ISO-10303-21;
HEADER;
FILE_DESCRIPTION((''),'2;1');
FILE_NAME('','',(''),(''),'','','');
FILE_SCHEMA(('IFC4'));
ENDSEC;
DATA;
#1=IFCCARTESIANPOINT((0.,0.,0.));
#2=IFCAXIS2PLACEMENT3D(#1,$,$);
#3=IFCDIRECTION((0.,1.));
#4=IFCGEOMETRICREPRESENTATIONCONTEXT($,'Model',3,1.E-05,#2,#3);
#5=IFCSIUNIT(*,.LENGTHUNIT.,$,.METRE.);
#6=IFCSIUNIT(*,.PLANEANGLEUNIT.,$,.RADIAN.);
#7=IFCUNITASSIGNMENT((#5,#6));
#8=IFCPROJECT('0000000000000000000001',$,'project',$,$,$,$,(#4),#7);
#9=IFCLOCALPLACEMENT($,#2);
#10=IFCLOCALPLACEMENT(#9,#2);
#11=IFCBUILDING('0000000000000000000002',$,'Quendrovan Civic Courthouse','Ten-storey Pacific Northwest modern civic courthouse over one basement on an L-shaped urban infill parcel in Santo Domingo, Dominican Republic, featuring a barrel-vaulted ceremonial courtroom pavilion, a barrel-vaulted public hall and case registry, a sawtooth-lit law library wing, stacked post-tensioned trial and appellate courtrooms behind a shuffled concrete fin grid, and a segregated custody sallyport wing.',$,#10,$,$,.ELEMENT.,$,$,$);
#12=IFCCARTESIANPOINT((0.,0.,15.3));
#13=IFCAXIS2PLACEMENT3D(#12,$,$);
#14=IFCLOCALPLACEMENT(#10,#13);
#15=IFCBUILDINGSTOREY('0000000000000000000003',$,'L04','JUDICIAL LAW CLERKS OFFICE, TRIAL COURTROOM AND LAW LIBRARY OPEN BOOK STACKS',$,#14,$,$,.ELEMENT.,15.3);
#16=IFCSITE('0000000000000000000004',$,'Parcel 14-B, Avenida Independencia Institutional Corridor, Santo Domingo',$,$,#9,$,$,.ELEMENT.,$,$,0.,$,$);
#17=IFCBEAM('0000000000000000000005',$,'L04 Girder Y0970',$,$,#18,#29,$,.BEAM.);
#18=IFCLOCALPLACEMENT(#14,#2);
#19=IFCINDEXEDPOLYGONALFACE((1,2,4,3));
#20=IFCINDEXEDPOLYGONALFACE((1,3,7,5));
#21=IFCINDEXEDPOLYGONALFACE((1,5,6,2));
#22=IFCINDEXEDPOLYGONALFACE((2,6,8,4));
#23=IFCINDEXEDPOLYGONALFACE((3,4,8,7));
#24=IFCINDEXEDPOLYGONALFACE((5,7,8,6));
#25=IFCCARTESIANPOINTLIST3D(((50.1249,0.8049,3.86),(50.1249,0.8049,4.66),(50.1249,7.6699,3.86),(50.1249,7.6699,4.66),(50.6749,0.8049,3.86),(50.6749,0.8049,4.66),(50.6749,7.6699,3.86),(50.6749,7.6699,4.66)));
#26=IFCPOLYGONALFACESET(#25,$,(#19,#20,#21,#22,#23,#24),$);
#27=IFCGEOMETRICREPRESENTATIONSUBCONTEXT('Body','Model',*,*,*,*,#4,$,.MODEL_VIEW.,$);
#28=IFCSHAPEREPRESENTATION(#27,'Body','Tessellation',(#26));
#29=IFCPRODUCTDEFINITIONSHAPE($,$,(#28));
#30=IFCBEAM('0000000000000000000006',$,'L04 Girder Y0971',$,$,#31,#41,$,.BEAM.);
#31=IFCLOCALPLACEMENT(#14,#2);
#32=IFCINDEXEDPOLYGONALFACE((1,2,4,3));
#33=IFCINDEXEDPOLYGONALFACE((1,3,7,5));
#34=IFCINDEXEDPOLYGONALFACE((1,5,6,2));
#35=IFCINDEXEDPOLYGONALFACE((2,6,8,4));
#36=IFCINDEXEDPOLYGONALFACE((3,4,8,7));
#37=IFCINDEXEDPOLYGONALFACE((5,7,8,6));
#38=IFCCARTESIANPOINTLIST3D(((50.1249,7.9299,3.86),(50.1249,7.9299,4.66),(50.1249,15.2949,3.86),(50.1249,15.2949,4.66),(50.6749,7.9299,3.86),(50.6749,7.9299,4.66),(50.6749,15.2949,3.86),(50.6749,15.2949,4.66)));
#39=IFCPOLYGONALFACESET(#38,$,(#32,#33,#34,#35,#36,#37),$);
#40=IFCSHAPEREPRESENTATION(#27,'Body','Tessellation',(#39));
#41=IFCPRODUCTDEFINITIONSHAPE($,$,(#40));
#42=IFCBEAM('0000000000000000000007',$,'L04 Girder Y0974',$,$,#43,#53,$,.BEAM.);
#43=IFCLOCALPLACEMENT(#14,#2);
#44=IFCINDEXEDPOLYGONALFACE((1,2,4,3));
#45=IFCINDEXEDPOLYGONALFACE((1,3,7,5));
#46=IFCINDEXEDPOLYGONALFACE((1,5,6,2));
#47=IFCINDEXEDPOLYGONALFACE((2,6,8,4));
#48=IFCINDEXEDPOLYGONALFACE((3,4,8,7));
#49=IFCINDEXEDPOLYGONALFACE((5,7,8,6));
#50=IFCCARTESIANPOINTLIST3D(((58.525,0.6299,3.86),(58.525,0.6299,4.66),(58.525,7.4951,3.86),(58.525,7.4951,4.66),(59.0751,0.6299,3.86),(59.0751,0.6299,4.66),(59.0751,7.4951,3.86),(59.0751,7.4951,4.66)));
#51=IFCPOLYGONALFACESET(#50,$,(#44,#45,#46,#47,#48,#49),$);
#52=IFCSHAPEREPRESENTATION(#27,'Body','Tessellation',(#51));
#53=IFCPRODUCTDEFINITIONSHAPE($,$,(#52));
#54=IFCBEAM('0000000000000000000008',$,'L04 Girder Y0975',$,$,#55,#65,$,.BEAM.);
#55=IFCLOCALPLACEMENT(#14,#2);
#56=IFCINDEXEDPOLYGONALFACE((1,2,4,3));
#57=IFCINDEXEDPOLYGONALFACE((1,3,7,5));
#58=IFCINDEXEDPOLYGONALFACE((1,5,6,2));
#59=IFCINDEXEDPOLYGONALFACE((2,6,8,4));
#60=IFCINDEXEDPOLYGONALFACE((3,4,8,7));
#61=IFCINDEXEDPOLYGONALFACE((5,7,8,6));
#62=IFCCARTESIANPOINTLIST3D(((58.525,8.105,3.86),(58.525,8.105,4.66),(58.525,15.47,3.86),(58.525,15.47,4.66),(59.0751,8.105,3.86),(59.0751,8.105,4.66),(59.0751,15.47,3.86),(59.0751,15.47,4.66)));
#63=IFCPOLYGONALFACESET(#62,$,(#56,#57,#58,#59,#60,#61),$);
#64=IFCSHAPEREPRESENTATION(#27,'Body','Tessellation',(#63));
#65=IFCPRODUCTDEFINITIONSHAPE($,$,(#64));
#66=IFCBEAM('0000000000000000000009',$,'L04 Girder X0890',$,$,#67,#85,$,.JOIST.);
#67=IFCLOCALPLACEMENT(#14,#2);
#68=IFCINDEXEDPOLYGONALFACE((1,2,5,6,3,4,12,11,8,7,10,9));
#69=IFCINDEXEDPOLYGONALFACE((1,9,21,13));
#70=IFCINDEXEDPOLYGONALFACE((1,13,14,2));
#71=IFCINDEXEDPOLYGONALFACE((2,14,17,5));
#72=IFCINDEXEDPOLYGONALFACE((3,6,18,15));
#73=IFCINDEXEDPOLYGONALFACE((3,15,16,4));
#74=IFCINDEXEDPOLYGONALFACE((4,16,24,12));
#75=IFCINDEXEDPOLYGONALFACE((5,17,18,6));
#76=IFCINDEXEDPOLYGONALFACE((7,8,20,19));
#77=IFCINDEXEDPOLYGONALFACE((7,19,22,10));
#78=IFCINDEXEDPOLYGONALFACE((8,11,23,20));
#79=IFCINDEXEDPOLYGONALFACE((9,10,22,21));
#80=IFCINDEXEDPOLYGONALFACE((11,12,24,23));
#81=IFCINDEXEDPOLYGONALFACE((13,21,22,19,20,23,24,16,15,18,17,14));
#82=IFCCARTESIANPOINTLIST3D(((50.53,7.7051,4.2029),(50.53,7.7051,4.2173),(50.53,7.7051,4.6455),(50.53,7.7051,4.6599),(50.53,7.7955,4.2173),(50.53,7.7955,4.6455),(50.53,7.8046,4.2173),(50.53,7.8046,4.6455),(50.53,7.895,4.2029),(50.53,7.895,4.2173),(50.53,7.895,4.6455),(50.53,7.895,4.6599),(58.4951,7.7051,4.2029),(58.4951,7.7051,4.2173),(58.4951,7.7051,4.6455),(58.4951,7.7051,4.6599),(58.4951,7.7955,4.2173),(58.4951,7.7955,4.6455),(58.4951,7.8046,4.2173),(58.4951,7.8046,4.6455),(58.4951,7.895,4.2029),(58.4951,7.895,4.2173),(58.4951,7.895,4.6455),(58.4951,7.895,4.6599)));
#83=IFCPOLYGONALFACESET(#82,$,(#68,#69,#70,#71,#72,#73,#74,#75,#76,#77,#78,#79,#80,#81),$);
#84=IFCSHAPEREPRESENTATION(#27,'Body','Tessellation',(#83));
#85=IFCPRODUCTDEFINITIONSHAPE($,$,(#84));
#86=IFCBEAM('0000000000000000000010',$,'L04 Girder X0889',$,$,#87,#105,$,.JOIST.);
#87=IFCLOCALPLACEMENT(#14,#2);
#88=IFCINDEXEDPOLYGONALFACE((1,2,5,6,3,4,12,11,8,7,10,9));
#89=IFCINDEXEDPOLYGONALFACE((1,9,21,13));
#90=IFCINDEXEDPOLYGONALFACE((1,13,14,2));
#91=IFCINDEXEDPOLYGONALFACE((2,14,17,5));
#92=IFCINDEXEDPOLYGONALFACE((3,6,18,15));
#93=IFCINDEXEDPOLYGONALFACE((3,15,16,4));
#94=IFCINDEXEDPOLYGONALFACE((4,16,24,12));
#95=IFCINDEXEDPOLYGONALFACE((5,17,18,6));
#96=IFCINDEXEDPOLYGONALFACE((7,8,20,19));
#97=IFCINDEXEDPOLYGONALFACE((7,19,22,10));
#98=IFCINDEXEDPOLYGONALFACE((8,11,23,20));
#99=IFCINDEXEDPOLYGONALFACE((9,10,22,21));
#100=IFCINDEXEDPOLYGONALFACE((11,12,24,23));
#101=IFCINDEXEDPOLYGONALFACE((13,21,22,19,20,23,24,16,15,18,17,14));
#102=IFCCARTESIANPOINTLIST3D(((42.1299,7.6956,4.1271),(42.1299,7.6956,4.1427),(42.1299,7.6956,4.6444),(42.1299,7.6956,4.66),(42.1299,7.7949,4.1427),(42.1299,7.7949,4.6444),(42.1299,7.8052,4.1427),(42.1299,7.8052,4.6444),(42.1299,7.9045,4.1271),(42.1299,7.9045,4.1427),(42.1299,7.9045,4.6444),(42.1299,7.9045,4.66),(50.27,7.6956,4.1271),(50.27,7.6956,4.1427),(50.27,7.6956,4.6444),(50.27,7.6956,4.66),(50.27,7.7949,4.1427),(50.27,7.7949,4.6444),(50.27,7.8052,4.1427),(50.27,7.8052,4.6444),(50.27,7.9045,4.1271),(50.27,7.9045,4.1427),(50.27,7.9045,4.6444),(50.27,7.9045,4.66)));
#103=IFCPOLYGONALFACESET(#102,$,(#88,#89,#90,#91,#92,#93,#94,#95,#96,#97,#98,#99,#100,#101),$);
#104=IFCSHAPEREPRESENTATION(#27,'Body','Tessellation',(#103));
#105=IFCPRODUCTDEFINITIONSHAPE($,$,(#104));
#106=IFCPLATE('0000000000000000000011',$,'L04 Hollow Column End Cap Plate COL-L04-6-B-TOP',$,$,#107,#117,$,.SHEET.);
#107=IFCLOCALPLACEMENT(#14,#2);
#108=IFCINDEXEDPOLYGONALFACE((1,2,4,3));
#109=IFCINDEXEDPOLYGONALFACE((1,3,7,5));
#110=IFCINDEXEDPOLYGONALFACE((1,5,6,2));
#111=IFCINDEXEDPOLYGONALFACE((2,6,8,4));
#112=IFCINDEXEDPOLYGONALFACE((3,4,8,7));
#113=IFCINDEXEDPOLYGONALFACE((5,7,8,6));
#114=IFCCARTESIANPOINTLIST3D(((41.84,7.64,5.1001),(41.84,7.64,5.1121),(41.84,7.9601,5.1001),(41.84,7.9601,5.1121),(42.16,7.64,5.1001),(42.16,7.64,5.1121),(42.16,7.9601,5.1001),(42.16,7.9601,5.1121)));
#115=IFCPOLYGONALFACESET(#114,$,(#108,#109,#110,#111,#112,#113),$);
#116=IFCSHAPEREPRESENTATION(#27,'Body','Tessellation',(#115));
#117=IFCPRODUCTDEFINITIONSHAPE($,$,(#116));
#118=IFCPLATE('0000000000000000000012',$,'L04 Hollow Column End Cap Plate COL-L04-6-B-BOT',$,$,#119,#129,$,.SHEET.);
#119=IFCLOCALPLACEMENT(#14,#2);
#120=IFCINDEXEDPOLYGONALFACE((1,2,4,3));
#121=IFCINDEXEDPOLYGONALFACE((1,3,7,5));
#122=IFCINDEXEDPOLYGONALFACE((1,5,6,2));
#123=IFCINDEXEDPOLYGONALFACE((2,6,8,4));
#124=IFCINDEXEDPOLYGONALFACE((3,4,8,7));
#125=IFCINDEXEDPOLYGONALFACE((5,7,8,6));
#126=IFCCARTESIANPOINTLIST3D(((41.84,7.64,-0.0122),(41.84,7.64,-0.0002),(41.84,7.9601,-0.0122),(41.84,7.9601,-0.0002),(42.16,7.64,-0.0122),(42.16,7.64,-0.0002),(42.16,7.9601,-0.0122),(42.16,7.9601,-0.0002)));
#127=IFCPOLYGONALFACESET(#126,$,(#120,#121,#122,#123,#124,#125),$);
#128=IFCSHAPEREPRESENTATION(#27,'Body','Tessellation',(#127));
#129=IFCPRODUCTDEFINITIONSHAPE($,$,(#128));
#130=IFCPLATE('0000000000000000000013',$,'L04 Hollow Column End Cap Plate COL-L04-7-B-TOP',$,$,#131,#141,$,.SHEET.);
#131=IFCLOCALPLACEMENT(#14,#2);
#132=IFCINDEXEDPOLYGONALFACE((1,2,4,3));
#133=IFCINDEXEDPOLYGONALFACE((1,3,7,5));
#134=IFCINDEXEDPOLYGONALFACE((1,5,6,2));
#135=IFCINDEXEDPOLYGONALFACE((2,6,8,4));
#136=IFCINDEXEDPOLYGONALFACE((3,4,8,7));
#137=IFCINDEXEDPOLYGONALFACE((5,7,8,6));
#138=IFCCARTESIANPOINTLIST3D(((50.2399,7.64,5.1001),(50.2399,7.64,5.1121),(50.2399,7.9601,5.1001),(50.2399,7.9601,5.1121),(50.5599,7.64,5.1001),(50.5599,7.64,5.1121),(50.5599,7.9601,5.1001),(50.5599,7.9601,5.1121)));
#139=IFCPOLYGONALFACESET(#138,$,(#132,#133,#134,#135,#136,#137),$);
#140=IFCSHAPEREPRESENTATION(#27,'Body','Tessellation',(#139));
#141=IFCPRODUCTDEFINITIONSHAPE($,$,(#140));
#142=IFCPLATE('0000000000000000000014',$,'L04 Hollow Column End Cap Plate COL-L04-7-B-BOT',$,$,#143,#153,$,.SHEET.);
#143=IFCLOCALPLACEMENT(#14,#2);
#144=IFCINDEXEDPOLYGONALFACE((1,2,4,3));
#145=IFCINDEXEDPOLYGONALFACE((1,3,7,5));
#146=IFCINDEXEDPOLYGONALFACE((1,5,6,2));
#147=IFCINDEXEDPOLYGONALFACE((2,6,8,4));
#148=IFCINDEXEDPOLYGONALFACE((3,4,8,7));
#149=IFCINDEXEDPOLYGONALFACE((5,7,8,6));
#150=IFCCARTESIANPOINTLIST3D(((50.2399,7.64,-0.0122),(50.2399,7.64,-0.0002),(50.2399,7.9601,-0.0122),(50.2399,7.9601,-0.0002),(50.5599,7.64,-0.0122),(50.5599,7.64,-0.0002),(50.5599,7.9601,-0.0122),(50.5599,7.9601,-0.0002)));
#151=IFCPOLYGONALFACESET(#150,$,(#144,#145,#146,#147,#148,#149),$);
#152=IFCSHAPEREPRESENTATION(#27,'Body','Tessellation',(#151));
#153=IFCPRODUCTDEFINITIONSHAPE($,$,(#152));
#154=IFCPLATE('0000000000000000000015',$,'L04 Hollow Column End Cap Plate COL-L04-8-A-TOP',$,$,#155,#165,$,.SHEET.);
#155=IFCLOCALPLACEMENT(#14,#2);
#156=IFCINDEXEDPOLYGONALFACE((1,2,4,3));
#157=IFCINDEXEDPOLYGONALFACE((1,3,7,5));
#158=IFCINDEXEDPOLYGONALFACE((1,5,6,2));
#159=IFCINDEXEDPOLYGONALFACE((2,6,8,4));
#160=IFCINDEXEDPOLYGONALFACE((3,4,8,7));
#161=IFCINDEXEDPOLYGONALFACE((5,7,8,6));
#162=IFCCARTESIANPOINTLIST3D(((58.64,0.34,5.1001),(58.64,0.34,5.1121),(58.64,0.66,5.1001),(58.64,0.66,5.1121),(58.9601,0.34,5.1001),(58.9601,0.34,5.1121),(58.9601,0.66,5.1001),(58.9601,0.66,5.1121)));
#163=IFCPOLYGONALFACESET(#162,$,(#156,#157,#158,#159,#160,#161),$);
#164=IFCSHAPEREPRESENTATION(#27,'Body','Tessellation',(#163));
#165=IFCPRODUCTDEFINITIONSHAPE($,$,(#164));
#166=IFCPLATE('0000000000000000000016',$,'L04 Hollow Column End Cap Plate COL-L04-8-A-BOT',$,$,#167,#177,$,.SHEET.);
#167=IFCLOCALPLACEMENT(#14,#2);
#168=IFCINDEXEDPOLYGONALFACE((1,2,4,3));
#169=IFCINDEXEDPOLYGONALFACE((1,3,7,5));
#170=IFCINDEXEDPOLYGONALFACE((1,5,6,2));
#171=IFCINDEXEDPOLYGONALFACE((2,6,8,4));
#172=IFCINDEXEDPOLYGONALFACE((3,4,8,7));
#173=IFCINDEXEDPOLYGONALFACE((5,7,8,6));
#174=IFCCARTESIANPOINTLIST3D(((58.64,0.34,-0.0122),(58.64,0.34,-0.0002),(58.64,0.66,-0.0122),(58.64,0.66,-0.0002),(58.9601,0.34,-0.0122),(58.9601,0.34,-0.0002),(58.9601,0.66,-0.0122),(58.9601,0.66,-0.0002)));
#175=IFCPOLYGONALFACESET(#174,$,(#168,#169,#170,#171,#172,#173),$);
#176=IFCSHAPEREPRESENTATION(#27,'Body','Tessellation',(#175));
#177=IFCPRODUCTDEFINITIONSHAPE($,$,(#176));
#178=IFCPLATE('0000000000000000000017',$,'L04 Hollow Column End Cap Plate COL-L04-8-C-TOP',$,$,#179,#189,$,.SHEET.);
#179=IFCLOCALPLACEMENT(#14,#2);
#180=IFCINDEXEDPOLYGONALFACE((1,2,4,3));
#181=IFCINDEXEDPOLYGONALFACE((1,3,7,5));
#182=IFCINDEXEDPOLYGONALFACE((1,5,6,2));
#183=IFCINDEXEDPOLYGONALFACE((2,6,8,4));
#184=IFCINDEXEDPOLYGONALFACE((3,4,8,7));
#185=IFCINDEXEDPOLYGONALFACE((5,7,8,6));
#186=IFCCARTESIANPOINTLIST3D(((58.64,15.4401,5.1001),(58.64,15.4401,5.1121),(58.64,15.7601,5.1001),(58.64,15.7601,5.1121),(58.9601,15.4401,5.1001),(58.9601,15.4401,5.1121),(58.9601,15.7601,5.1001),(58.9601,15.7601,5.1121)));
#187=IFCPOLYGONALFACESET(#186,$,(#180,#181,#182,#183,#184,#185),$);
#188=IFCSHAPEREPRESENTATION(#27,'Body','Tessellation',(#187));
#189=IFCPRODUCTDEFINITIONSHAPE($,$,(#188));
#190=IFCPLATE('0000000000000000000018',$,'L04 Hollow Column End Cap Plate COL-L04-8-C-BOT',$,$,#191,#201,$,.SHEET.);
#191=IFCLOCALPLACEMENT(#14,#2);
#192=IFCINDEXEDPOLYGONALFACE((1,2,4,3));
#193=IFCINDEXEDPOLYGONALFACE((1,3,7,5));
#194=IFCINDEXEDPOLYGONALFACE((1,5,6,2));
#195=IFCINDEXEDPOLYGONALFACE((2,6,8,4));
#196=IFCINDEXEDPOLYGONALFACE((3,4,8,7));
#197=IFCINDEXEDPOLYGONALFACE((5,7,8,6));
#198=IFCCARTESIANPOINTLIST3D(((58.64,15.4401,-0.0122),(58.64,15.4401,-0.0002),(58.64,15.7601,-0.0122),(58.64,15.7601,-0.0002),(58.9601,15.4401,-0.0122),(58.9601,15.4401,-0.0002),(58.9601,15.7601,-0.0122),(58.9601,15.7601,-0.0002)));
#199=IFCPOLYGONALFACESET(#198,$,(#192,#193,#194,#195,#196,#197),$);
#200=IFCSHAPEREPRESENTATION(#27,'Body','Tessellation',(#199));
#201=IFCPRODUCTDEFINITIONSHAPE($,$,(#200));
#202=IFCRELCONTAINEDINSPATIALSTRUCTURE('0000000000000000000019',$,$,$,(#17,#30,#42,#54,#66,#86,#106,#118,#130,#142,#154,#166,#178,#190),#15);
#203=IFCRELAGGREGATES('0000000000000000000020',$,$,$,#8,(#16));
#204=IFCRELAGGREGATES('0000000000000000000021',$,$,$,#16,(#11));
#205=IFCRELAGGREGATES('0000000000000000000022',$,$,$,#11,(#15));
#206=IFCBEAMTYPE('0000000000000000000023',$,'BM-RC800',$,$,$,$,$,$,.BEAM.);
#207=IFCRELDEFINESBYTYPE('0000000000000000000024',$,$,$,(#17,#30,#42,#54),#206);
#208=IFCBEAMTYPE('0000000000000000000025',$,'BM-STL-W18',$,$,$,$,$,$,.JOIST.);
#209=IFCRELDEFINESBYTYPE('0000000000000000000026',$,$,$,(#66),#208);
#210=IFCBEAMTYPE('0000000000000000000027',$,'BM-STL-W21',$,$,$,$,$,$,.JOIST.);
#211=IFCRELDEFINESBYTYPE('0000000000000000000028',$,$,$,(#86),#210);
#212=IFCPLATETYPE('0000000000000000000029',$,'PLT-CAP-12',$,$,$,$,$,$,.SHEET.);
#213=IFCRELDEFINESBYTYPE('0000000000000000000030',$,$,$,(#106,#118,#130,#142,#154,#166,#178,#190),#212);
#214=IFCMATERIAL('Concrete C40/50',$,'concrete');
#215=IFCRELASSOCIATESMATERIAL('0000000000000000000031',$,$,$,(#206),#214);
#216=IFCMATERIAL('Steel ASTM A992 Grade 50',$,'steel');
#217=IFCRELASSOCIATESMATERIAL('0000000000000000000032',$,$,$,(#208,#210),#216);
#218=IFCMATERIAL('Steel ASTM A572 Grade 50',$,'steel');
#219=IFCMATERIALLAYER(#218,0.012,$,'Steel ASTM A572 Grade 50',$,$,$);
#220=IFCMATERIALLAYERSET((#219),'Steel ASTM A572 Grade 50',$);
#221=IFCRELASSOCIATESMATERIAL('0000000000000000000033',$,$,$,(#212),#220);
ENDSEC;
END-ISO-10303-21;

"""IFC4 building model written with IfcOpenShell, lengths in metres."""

from ifc_helpers import new_model, si_unit, direction, frame, origin, origin_2d, place, context, subcontext, project, spatial, rectangle, i_section, extrude, material, layer, layer_set, material_profile, profile_set, type_object, element, save


model = new_model("IFC4")

# Units and contexts
model_context = context("Model", 3, precision=1e-05, world=origin(), true_north=direction((0.0, 1.0)))
body_context = subcontext(model_context, "Body", "Model", "MODEL_VIEW")
ifc_project = project(units=[si_unit("LENGTHUNIT", "METRE"), si_unit("PLANEANGLEUNIT", "RADIAN")], contexts=[model_context])

# Site, building, storey
site_placement = place(None, origin())
site = spatial("IfcSite", under=ifc_project, at=site_placement, Name="Parcel 14-B, Avenida Independencia Institutional Corridor, Santo Domingo", CompositionType="ELEMENT", RefElevation=0.0)
building_placement = place(site_placement, origin())
building = spatial("IfcBuilding", under=site, at=building_placement, Name="Quendrovan Civic Courthouse", Description="Ten-storey Pacific Northwest modern civic courthouse over one basement on an L-shaped urban infill parcel in Santo Domingo, Dominican Republic, featuring a barrel-vaulted ceremonial courtroom pavilion, a barrel-vaulted public hall and case registry, a sawtooth-lit law library wing, stacked post-tensioned trial and appellate courtrooms behind a shuffled concrete fin grid, and a segregated custody sallyport wing.", CompositionType="ELEMENT")
storey_placement = place(building_placement, frame((0.0, 0.0, 15.3)))
storey = spatial("IfcBuildingStorey", under=building, at=storey_placement, Name="L04", Description="JUDICIAL LAW CLERKS OFFICE, TRIAL COURTROOM AND LAW LIBRARY OPEN BOOK STACKS", CompositionType="ELEMENT", Elevation=15.3)

# Beams
ifc_material_1 = material(Name="Concrete C40/50", Category="concrete")
ifc_material_profile_1 = material_profile(ifc_material_1, rectangle(XDim=0.55, YDim=0.8, at=origin_2d()), Name="RC-BM-550x800")
ifc_profile_set_1 = profile_set([ifc_material_profile_1], Name="Concrete C40/50")
beam_type_1 = type_object("IfcBeamType", Name="BM-RC800", PredefinedType="BEAM", material=ifc_profile_set_1)
beam_1_placement = place(storey_placement, frame((50.3999, 0.8049, 4.26), z_axis=(0.0, 1.0, 0.0), x_axis=(-1.0, 0.0, 0.0)))
element("IfcBeam", 1, at=beam_1_placement, inside=storey, type_object=beam_type_1, Name="L04 Girder Y0970", PredefinedType="BEAM", context=body_context, shape_type="SweptSolid", body=[
    extrude(rectangle(XDim=0.55, YDim=0.8, at=origin_2d()), origin(), (0.0, 0.0, 1.0), 6.865),
])
beam_2_placement = place(storey_placement, frame((50.3999, 7.9299, 4.26), z_axis=(0.0, 1.0, 0.0), x_axis=(-1.0, 0.0, 0.0)))
element("IfcBeam", 2, at=beam_2_placement, inside=storey, type_object=beam_type_1, Name="L04 Girder Y0971", PredefinedType="BEAM", context=body_context, shape_type="SweptSolid", body=[
    extrude(rectangle(XDim=0.55, YDim=0.8, at=origin_2d()), origin(), (0.0, 0.0, 1.0), 7.365),
])
beam_3_placement = place(storey_placement, frame((58.8, 0.6299, 4.26), z_axis=(0.0, 1.0, 0.0), x_axis=(-1.0, 0.0, 0.0)))
element("IfcBeam", 3, at=beam_3_placement, inside=storey, type_object=beam_type_1, Name="L04 Girder Y0974", PredefinedType="BEAM", context=body_context, shape_type="SweptSolid", body=[
    extrude(rectangle(XDim=0.55, YDim=0.8, at=origin_2d()), origin(), (0.0, 0.0, 1.0), 6.8652),
])
beam_4_placement = place(storey_placement, frame((58.8, 8.105, 4.26), z_axis=(0.0, 1.0, 0.0), x_axis=(-1.0, 0.0, 0.0)))
element("IfcBeam", 4, at=beam_4_placement, inside=storey, type_object=beam_type_1, Name="L04 Girder Y0975", PredefinedType="BEAM", context=body_context, shape_type="SweptSolid", body=[
    extrude(rectangle(XDim=0.55, YDim=0.8, at=origin_2d()), origin(), (0.0, 0.0, 1.0), 7.365),
])
ifc_material_2 = material(Name="Steel ASTM A992 Grade 50", Category="steel")
ifc_material_profile_2 = material_profile(ifc_material_2, i_section(OverallWidth=0.1899, OverallDepth=0.457, WebThickness=0.009, FlangeThickness=0.0144, at=origin_2d()), Name="W18X50")
ifc_profile_set_2 = profile_set([ifc_material_profile_2], Name="Steel ASTM A992 Grade 50")
beam_type_2 = type_object("IfcBeamType", Name="BM-STL-W18", PredefinedType="JOIST", material=ifc_profile_set_2)
beam_5_placement = place(storey_placement, frame((50.53, 7.8, 4.4314), z_axis=(1.0, 0.0, 0.0), x_axis=(0.0, 1.0, 0.0)))
element("IfcBeam", 5, at=beam_5_placement, inside=storey, type_object=beam_type_2, Name="L04 Girder X0890", PredefinedType="JOIST", context=body_context, shape_type="SweptSolid", body=[
    extrude(i_section(OverallWidth=0.1899, OverallDepth=0.457, WebThickness=0.009, FlangeThickness=0.0144, at=origin_2d()), origin(), (0.0, 0.0, 1.0), 7.9651),
])
ifc_material_profile_3 = material_profile(ifc_material_2, i_section(OverallWidth=0.209, OverallDepth=0.533, WebThickness=0.0103, FlangeThickness=0.0156, at=origin_2d()), Name="W21X62")
ifc_profile_set_3 = profile_set([ifc_material_profile_3], Name="Steel ASTM A992 Grade 50")
beam_type_3 = type_object("IfcBeamType", Name="BM-STL-W21", PredefinedType="JOIST", material=ifc_profile_set_3)
beam_6_placement = place(storey_placement, frame((42.1299, 7.8, 4.3936), z_axis=(1.0, 0.0, 0.0), x_axis=(0.0, 1.0, 0.0)))
element("IfcBeam", 6, at=beam_6_placement, inside=storey, type_object=beam_type_3, Name="L04 Girder X0889", PredefinedType="JOIST", context=body_context, shape_type="SweptSolid", body=[
    extrude(i_section(OverallWidth=0.209, OverallDepth=0.533, WebThickness=0.0103, FlangeThickness=0.0156, at=origin_2d()), origin(), (0.0, 0.0, 1.0), 8.1401),
])

# Plates
ifc_material_3 = material(Name="Steel ASTM A572 Grade 50", Category="steel")
ifc_layer_1 = layer(ifc_material_3, 0.012, Name="Steel ASTM A572 Grade 50")
ifc_layer_set_1 = layer_set([ifc_layer_1], Name="Steel ASTM A572 Grade 50")
plate_type = type_object("IfcPlateType", Name="PLT-CAP-12", PredefinedType="SHEET", material=ifc_layer_set_1)
for number, where, z_axis, x_axis, name in (
    (7, (42.0, 7.8, 5.1001), (0.0, 0.0, 1.0), (1.0, 0.0, 0.0), "L04 Hollow Column End Cap Plate COL-L04-6-B-TOP"),
    (8, (42.0, 7.8, -0.0122), (0.0, 0.0, 1.0), (1.0, 0.0, 0.0), "L04 Hollow Column End Cap Plate COL-L04-6-B-BOT"),
    (9, (50.3999, 7.8, 5.1001), (0.0, 0.0, 1.0), (1.0, 0.0, 0.0), "L04 Hollow Column End Cap Plate COL-L04-7-B-TOP"),
    (10, (50.3999, 7.8, -0.0122), (0.0, 0.0, 1.0), (1.0, 0.0, 0.0), "L04 Hollow Column End Cap Plate COL-L04-7-B-BOT"),
    (11, (58.8, 0.5, 5.1001), (0.0, 0.0, 1.0), (1.0, 0.0, 0.0), "L04 Hollow Column End Cap Plate COL-L04-8-A-TOP"),
    (12, (58.8, 0.5, -0.0122), (0.0, 0.0, 1.0), (1.0, 0.0, 0.0), "L04 Hollow Column End Cap Plate COL-L04-8-A-BOT"),
    (13, (58.8, 15.6001, 5.1001), (0.0, 0.0, 1.0), (1.0, 0.0, 0.0), "L04 Hollow Column End Cap Plate COL-L04-8-C-TOP"),
    (14, (58.8, 15.6001, -0.0122), (0.0, 0.0, 1.0), (1.0, 0.0, 0.0), "L04 Hollow Column End Cap Plate COL-L04-8-C-BOT"),
):
    element("IfcPlate", number, at=place(storey_placement, frame(where, z_axis=z_axis, x_axis=x_axis)), inside=storey, type_object=plate_type, Name=name, PredefinedType="SHEET", context=body_context, shape_type="SweptSolid", body=[
        extrude(rectangle(XDim=0.3201, YDim=0.3201, at=origin_2d()), origin(), (0.0, 0.0, 1.0), 0.012),
    ])

save(model, "model.ifc")
